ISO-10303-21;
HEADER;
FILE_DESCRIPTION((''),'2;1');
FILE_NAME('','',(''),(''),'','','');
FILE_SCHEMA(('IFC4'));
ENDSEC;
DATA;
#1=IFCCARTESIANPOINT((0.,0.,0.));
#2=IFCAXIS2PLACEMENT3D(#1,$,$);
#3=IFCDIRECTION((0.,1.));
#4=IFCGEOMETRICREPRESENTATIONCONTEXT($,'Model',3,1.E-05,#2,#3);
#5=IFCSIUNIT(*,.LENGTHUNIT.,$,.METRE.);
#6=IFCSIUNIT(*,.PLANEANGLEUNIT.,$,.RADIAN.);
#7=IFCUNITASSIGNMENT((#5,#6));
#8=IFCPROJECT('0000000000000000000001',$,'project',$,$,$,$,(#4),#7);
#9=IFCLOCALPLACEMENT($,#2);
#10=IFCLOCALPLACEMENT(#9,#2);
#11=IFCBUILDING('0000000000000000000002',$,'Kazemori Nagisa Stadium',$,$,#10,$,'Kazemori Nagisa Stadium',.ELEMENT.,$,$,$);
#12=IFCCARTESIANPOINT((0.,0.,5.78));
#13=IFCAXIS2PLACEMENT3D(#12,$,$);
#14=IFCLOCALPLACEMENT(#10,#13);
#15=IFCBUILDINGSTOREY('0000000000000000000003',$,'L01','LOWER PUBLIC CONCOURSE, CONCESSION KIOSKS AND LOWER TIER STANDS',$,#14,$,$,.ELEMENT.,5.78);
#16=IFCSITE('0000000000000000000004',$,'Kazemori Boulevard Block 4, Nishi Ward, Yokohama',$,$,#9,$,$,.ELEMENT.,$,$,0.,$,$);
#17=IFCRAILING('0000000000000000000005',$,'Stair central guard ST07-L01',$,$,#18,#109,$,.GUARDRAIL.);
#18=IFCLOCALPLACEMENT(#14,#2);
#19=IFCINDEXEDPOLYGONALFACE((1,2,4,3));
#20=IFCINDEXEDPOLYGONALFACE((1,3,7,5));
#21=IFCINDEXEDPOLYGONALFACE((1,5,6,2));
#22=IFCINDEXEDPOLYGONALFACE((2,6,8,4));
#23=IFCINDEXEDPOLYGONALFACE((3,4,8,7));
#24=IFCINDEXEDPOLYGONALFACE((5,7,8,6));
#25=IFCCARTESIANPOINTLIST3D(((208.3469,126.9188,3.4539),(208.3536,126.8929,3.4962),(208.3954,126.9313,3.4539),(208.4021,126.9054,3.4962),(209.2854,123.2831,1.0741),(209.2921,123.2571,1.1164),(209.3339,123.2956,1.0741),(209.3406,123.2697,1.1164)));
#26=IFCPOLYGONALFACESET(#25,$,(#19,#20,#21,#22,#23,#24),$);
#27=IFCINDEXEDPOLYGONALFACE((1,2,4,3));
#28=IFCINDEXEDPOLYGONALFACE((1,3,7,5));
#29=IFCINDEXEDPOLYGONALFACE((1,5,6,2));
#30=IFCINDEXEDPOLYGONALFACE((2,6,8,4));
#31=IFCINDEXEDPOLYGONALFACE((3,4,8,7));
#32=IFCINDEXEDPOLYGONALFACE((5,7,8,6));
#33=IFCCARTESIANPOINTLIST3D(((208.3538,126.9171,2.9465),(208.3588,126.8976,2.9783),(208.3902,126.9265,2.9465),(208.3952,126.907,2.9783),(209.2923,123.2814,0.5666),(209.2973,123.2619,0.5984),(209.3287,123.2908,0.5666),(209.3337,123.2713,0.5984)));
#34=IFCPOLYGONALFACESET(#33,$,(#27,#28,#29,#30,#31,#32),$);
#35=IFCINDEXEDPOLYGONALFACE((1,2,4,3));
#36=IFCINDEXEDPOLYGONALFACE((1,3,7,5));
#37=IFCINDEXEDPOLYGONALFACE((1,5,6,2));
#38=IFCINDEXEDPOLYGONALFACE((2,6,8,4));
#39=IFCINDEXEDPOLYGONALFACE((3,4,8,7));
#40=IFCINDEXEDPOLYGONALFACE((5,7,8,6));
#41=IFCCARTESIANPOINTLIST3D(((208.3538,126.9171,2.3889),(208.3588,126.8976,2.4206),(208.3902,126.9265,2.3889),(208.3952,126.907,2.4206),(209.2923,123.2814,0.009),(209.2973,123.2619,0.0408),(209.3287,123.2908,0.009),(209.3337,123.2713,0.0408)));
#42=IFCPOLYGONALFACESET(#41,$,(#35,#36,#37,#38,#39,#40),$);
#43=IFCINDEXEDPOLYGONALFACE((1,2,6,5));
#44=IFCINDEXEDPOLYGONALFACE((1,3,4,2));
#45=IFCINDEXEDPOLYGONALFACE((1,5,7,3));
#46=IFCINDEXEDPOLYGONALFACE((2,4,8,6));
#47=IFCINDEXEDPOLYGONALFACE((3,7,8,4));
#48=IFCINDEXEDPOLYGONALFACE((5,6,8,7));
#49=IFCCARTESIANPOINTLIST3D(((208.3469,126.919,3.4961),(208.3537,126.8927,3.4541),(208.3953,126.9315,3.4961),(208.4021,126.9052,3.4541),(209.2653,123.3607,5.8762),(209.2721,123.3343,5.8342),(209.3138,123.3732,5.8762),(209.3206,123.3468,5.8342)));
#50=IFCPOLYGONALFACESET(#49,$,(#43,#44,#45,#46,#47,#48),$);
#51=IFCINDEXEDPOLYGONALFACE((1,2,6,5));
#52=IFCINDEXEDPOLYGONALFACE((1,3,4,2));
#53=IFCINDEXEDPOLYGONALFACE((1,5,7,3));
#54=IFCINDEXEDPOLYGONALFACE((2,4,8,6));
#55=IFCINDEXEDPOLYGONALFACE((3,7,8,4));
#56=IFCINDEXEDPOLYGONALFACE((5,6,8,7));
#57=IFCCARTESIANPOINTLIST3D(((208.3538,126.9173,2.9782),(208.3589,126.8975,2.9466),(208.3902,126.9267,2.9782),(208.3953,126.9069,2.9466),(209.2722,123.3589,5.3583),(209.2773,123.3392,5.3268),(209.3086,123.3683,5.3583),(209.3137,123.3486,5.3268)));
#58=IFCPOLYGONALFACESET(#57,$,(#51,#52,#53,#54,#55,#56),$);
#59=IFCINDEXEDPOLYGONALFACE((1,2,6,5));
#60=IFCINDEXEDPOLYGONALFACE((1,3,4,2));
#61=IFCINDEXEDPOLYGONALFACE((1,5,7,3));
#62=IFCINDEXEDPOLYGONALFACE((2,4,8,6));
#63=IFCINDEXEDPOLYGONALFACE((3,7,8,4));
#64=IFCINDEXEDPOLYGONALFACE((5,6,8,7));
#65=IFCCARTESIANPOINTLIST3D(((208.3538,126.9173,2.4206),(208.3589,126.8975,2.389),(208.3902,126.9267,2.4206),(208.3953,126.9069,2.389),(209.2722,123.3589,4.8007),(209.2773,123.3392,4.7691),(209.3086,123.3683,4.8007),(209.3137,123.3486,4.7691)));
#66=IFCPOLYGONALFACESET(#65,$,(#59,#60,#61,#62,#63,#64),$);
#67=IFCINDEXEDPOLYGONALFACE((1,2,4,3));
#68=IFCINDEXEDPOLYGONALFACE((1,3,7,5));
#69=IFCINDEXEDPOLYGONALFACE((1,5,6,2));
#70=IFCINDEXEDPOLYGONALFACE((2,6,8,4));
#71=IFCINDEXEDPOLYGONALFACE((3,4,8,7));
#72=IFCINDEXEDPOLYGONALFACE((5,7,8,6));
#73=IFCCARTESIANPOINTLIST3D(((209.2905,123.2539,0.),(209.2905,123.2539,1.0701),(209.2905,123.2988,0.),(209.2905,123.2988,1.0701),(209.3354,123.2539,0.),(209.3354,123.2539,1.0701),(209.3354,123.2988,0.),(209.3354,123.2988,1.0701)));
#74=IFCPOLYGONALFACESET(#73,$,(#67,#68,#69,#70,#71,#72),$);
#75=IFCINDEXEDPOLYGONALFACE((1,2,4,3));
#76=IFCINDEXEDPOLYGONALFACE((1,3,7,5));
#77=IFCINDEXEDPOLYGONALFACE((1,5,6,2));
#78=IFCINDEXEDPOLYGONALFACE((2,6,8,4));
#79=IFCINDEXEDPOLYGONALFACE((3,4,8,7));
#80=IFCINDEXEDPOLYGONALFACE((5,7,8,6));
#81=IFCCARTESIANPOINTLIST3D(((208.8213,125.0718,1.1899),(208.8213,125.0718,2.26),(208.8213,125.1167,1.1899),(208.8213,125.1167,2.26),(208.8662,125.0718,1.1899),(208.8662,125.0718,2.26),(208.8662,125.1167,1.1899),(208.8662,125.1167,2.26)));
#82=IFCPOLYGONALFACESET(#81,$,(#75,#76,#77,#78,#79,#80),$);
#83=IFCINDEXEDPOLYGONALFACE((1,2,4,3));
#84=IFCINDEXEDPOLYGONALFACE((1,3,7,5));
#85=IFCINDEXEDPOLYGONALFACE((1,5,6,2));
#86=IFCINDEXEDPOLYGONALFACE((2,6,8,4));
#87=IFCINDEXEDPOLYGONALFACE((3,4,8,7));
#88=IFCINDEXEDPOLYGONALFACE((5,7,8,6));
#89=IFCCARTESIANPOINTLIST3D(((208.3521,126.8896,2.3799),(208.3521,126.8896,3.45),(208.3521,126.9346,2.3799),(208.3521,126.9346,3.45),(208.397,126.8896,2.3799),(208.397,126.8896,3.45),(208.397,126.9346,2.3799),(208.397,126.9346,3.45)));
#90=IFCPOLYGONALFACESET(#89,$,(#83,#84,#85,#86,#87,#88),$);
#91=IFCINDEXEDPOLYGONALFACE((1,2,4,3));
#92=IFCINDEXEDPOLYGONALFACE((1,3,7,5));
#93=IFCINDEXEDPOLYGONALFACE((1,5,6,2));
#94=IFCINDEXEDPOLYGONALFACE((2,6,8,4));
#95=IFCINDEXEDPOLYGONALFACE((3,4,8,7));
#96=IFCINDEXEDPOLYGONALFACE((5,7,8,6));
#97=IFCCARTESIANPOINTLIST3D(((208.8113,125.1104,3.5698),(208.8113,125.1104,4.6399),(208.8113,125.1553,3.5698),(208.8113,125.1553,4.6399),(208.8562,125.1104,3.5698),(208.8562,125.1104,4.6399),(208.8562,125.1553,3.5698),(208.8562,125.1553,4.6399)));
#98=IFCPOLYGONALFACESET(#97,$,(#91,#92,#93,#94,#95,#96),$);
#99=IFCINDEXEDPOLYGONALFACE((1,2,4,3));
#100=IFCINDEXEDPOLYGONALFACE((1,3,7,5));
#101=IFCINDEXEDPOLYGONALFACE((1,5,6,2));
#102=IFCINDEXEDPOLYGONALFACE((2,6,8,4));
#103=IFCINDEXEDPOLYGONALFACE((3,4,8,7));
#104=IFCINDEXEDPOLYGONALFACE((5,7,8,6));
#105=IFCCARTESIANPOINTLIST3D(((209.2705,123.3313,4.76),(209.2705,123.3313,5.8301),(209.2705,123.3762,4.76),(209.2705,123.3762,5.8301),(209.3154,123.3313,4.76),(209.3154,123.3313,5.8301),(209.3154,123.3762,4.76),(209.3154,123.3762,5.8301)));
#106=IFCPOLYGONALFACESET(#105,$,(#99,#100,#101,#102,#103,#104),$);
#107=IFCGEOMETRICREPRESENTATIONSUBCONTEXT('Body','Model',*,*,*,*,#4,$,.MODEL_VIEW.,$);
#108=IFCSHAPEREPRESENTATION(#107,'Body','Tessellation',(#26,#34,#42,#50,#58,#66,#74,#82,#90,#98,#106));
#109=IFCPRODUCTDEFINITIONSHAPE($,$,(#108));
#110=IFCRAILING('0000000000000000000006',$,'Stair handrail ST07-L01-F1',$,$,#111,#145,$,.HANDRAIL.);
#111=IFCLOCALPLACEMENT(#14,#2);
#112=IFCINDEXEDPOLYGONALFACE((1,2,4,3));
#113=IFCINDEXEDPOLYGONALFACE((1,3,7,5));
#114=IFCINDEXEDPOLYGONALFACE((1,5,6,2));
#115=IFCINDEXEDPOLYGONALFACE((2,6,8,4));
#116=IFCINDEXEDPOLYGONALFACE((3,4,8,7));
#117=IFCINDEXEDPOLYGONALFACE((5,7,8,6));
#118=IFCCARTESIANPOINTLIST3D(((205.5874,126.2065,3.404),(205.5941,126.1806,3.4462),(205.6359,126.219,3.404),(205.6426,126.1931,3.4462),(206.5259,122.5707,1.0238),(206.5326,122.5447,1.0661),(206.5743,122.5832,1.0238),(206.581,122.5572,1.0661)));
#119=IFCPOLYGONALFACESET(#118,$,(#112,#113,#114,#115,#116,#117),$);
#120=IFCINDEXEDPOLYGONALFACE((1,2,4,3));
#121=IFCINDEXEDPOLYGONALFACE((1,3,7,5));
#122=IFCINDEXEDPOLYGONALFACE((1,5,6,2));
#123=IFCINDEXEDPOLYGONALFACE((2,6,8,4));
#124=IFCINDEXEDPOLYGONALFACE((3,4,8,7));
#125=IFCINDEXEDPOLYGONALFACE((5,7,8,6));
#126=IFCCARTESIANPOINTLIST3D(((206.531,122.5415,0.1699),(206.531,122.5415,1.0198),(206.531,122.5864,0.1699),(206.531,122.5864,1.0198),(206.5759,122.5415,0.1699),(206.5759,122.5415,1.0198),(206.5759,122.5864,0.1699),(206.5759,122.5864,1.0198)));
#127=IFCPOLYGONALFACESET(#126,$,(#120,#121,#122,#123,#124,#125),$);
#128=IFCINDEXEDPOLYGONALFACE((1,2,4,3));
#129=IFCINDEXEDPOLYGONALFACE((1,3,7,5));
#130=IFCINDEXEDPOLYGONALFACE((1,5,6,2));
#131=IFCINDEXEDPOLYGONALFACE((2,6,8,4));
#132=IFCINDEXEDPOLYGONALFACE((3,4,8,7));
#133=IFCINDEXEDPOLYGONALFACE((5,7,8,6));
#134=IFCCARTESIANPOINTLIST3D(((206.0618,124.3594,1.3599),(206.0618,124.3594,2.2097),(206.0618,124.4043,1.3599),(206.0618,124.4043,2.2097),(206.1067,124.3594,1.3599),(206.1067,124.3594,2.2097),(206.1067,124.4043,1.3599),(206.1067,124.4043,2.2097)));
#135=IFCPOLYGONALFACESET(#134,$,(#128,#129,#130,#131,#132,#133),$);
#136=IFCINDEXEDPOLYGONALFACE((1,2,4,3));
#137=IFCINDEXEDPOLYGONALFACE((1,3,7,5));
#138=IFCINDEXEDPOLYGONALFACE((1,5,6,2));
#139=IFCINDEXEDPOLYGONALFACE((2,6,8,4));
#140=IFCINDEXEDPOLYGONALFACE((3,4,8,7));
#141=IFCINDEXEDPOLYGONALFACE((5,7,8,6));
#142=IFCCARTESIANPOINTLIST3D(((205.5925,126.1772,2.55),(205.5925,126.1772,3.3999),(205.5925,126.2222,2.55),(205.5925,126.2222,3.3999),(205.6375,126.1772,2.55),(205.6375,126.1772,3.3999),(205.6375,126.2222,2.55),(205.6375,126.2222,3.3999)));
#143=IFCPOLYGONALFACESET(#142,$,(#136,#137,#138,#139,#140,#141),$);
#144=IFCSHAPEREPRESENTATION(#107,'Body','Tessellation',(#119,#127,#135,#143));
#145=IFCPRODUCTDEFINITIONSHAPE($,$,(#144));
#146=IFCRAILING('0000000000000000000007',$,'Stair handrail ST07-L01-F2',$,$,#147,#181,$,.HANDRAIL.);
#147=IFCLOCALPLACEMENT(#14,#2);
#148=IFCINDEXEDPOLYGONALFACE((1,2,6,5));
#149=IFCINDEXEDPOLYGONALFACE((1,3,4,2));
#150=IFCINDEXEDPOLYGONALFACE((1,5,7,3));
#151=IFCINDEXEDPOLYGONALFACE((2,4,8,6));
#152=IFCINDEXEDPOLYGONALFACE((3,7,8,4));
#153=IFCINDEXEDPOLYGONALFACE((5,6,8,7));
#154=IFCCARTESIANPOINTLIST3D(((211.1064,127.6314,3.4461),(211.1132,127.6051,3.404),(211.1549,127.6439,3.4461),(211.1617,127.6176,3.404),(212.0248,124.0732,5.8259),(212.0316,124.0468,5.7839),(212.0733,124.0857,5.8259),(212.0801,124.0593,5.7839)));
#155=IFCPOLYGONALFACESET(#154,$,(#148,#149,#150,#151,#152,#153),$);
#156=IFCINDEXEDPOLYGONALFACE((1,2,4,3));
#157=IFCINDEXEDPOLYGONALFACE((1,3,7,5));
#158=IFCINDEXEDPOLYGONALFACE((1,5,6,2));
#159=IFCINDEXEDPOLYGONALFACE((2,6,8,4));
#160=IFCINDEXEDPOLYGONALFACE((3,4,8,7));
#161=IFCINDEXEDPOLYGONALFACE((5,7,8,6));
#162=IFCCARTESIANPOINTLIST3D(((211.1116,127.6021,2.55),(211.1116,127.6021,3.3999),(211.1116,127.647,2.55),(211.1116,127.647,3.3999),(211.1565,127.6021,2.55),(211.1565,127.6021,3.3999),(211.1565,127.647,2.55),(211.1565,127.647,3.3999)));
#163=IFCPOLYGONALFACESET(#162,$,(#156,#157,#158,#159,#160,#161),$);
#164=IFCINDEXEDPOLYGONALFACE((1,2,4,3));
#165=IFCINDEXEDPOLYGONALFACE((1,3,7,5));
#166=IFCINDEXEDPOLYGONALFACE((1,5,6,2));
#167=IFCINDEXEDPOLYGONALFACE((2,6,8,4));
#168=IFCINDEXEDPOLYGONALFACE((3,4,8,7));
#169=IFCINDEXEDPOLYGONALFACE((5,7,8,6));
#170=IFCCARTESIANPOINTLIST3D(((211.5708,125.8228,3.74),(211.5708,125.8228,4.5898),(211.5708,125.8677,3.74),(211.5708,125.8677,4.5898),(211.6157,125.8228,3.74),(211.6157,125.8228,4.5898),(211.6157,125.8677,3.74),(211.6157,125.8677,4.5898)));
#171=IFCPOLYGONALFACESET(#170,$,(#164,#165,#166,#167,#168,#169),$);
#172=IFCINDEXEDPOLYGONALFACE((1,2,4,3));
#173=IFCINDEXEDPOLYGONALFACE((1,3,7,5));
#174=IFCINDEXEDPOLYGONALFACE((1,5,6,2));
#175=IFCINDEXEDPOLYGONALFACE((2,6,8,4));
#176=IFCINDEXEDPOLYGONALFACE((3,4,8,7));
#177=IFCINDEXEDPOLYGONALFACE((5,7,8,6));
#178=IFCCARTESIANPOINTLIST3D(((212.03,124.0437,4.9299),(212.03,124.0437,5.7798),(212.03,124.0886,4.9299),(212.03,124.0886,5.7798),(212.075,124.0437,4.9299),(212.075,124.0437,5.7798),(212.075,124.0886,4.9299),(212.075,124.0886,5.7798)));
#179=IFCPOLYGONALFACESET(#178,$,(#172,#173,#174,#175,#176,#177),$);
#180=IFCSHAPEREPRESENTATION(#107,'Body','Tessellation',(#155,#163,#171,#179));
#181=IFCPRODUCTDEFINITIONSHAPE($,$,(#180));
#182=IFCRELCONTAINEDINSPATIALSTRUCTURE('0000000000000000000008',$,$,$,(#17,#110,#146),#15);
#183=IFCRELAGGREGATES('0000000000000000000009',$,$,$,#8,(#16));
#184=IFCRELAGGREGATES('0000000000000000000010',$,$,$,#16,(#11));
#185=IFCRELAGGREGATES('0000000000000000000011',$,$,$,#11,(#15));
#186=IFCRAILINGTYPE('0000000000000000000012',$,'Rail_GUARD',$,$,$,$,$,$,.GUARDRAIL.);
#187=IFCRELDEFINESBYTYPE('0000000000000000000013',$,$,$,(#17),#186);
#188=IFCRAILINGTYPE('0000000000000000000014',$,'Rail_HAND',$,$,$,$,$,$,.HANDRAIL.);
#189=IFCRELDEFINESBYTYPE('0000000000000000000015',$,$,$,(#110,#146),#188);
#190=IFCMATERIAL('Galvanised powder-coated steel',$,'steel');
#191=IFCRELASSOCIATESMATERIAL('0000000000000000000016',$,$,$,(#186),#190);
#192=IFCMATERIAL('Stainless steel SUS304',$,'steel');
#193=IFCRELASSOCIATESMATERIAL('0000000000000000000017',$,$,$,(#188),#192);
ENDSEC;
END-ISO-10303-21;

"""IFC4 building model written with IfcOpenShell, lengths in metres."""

from ifc_helpers import new_model, si_unit, direction, frame, origin, origin_2d, place, context, subcontext, project, spatial, rectangle, extrude, material, type_object, element, save


model = new_model("IFC4")

# Units and contexts
model_context = context("Model", 3, precision=1e-05, world=origin(), true_north=direction((0.0, 1.0)))
body_context = subcontext(model_context, "Body", "Model", "MODEL_VIEW")
ifc_project = project(units=[si_unit("LENGTHUNIT", "METRE"), si_unit("PLANEANGLEUNIT", "RADIAN")], contexts=[model_context])

# Site, building, storey
site_placement = place(None, origin())
site = spatial("IfcSite", under=ifc_project, at=site_placement, Name="Kazemori Boulevard Block 4, Nishi Ward, Yokohama", CompositionType="ELEMENT", RefElevation=0.0)
building_placement = place(site_placement, origin())
building = spatial("IfcBuilding", under=site, at=building_placement, Name="Kazemori Nagisa Stadium", LongName="Kazemori Nagisa Stadium", CompositionType="ELEMENT")
storey_placement = place(building_placement, frame((0.0, 0.0, 5.78)))
storey = spatial("IfcBuildingStorey", under=building, at=storey_placement, Name="L01", Description="LOWER PUBLIC CONCOURSE, CONCESSION KIOSKS AND LOWER TIER STANDS", CompositionType="ELEMENT", Elevation=5.78)

# Railings
ifc_material_1 = material(Name="Galvanised powder-coated steel", Category="steel")
railing_type_1 = type_object("IfcRailingType", Name="Rail_GUARD", PredefinedType="GUARDRAIL", material=ifc_material_1)
railing_1_placement = place(storey_placement, frame((209.313, 123.2764, 0.0)))
element("IfcRailing", 1, at=railing_1_placement, inside=storey, type_object=railing_type_1, Name="Stair central guard ST07-L01", PredefinedType="GUARDRAIL", context=body_context, shape_type="SweptSolid", body=[
    extrude(rectangle(XDim=0.05, YDim=0.05, at=origin_2d()), frame((0.0, 0.0, 1.0952), z_axis=(-0.211103, 0.817833, 0.535337), x_axis=(-0.968263, -0.249933, 0.0)), (0.0, 0.0, 1.0), 4.4456),
    extrude(rectangle(XDim=0.0376, YDim=0.0376, at=origin_2d()), frame((0.0, 0.0, 0.5825), z_axis=(-0.211103, 0.817833, 0.535337), x_axis=(-0.968263, -0.249933, 0.0)), (0.0, 0.0, 1.0), 4.4456),
    extrude(rectangle(XDim=0.0376, YDim=0.0376, at=origin_2d()), frame((0.0, 0.0, 0.0249), z_axis=(-0.211103, 0.817833, 0.535337), x_axis=(-0.968263, -0.249933, 0.0)), (0.0, 0.0, 1.0), 4.4456),
    extrude(rectangle(XDim=0.05, YDim=0.05, at=origin_2d()), frame((-0.9385, 3.6357, 3.4751), z_axis=(0.20977, -0.812705, 0.543606), x_axis=(0.968266, 0.249922, 0.0)), (0.0, 0.0, 1.0), 4.3784),
    extrude(rectangle(XDim=0.0376, YDim=0.0376, at=origin_2d()), frame((-0.9385, 3.6357, 2.9624), z_axis=(0.20977, -0.812705, 0.543606), x_axis=(0.968266, 0.249922, 0.0)), (0.0, 0.0, 1.0), 4.3784),
    extrude(rectangle(XDim=0.0376, YDim=0.0376, at=origin_2d()), frame((-0.9385, 3.6357, 2.4048), z_axis=(0.20977, -0.812705, 0.543606), x_axis=(0.968266, 0.249922, 0.0)), (0.0, 0.0, 1.0), 4.3784),
    extrude(rectangle(XDim=0.0449, YDim=0.0449, at=origin_2d()), origin(), (0.0, 0.0, 1.0), 1.0701),
    extrude(rectangle(XDim=0.0449, YDim=0.0449, at=origin_2d()), frame((-0.4692, 1.8179, 1.1899)), (0.0, 0.0, 1.0), 1.0701),
    extrude(rectangle(XDim=0.0449, YDim=0.0449, at=origin_2d()), frame((-0.9385, 3.6357, 2.3799)), (0.0, 0.0, 1.0), 1.0701),
    extrude(rectangle(XDim=0.0449, YDim=0.0449, at=origin_2d()), frame((-0.4792, 1.8564, 3.5698)), (0.0, 0.0, 1.0), 1.0701),
    extrude(rectangle(XDim=0.0449, YDim=0.0449, at=origin_2d()), frame((-0.02, 0.0774, 4.76)), (0.0, 0.0, 1.0), 1.0701),
])
ifc_material_2 = material(Name="Stainless steel SUS304", Category="steel")
railing_type_2 = type_object("IfcRailingType", Name="Rail_HAND", PredefinedType="HANDRAIL", material=ifc_material_2)
railing_2_placement = place(storey_placement, frame((206.5535, 122.564, 0.1699)))
element("IfcRailing", 2, at=railing_2_placement, inside=storey, type_object=railing_type_2, Name="Stair handrail ST07-L01-F1", PredefinedType="HANDRAIL", context=body_context, shape_type="SweptSolid", body=[
    extrude(rectangle(XDim=0.05, YDim=0.05, at=origin_2d()), frame((0.0, 0.0, 0.875), z_axis=(-0.211097, 0.817809, 0.535376), x_axis=(-0.968263, -0.249933, 0.0)), (0.0, 0.0, 1.0), 4.4458),
    extrude(rectangle(XDim=0.0449, YDim=0.0449, at=origin_2d()), origin(), (0.0, 0.0, 1.0), 0.8499),
    extrude(rectangle(XDim=0.0449, YDim=0.0449, at=origin_2d()), frame((-0.4692, 1.8179, 1.1899)), (0.0, 0.0, 1.0), 0.8499),
    extrude(rectangle(XDim=0.0449, YDim=0.0449, at=origin_2d()), frame((-0.9385, 3.6357, 2.3801)), (0.0, 0.0, 1.0), 0.8499),
])
railing_3_placement = place(storey_placement, frame((211.134, 127.6245, 2.55)))
element("IfcRailing", 3, at=railing_3_placement, inside=storey, type_object=railing_type_2, Name="Stair handrail ST07-L01-F2", PredefinedType="HANDRAIL", context=body_context, shape_type="SweptSolid", body=[
    extrude(rectangle(XDim=0.05, YDim=0.05, at=origin_2d()), frame((0.0, 0.0, 0.875), z_axis=(0.209776, -0.812729, 0.543567), x_axis=(0.968266, 0.249922, 0.0)), (0.0, 0.0, 1.0), 4.3782),
    extrude(rectangle(XDim=0.0449, YDim=0.0449, at=origin_2d()), origin(), (0.0, 0.0, 1.0), 0.8499),
    extrude(rectangle(XDim=0.0449, YDim=0.0449, at=origin_2d()), frame((0.4592, -1.7793, 1.1899)), (0.0, 0.0, 1.0), 0.8499),
    extrude(rectangle(XDim=0.0449, YDim=0.0449, at=origin_2d()), frame((0.9185, -3.5583, 2.3799)), (0.0, 0.0, 1.0), 0.8499),
])

save(model, "model.ifc")
